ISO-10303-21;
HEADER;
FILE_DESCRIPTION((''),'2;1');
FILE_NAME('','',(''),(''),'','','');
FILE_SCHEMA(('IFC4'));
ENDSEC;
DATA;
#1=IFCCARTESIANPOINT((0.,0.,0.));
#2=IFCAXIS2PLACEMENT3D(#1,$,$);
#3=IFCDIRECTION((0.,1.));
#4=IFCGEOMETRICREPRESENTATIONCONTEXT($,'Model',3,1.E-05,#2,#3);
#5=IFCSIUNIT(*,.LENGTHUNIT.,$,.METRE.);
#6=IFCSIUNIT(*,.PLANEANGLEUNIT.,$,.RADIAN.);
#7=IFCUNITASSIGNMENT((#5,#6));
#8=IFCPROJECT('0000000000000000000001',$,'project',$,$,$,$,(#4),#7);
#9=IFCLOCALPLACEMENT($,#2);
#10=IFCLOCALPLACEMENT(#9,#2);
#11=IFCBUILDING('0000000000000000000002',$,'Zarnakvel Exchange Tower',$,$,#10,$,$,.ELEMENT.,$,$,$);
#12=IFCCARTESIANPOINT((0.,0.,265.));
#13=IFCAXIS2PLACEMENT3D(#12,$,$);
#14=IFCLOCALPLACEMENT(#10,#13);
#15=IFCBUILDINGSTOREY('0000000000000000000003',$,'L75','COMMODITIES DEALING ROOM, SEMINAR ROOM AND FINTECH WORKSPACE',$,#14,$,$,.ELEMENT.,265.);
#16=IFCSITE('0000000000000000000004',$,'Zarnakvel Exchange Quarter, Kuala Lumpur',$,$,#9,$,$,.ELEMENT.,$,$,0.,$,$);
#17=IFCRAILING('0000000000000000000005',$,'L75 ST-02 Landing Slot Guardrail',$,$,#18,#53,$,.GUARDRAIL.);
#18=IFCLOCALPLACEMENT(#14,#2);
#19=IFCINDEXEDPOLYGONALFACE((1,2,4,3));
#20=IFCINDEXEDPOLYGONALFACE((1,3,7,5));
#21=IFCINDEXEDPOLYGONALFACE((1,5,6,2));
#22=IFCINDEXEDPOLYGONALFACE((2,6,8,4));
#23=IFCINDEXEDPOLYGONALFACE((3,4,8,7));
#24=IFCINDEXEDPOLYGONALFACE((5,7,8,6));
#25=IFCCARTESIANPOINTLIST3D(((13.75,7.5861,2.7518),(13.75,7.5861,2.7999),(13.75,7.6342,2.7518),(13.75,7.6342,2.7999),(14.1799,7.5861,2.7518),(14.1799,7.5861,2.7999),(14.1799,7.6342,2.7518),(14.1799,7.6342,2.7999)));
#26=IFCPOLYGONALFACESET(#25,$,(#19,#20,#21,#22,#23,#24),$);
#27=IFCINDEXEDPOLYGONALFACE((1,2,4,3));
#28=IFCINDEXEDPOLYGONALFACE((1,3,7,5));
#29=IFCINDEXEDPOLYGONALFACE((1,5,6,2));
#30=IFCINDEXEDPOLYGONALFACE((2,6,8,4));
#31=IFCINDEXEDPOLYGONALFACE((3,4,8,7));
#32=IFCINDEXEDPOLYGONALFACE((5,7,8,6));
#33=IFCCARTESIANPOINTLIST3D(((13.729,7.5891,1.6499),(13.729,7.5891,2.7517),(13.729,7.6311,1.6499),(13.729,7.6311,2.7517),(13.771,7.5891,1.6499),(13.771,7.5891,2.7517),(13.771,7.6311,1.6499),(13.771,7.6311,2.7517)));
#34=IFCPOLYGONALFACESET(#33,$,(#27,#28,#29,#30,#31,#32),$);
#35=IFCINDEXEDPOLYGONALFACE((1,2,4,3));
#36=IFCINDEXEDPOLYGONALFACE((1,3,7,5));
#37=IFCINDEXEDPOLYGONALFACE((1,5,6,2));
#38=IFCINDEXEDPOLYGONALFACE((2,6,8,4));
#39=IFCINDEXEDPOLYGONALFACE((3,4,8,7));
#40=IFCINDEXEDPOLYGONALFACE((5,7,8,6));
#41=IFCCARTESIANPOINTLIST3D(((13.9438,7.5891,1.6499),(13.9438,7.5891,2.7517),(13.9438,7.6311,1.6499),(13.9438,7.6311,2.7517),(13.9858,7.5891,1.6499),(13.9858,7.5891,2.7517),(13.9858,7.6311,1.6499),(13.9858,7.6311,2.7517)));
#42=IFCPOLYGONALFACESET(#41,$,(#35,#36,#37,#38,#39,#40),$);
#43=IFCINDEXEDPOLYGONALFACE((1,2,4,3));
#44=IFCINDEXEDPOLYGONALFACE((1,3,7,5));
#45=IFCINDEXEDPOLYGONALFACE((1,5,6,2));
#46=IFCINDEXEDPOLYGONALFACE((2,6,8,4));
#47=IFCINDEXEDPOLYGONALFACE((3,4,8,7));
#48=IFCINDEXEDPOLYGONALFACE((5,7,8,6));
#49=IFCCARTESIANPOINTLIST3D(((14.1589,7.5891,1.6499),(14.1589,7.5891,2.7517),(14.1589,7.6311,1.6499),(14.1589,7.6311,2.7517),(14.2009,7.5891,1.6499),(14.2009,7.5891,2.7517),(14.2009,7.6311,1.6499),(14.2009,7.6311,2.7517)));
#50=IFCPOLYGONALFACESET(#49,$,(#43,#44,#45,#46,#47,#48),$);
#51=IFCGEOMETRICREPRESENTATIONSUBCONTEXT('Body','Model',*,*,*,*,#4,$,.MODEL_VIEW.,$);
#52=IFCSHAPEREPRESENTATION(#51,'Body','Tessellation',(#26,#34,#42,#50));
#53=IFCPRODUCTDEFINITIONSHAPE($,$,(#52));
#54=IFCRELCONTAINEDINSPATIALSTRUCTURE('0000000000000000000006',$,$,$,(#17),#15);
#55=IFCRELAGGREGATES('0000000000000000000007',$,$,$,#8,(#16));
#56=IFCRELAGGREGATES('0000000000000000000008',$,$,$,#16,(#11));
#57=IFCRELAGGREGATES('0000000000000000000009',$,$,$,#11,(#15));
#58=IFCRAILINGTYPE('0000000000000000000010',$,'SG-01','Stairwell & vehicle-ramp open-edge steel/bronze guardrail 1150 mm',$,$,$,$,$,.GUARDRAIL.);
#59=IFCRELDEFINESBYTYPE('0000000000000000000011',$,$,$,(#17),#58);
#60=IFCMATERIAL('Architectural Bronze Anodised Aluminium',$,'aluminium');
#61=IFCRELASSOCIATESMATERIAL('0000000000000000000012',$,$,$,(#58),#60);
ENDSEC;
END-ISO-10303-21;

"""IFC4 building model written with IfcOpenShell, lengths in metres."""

from ifc_helpers import new_model, si_unit, direction, frame, origin, origin_2d, place, context, subcontext, project, spatial, rectangle, extrude, material, type_object, element, save


model = new_model("IFC4")

# Units and contexts
model_context = context("Model", 3, precision=1e-05, world=origin(), true_north=direction((0.0, 1.0)))
body_context = subcontext(model_context, "Body", "Model", "MODEL_VIEW")
ifc_project = project(units=[si_unit("LENGTHUNIT", "METRE"), si_unit("PLANEANGLEUNIT", "RADIAN")], contexts=[model_context])

# Site, building, storey
site_placement = place(None, origin())
site = spatial("IfcSite", under=ifc_project, at=site_placement, Name="Zarnakvel Exchange Quarter, Kuala Lumpur", CompositionType="ELEMENT", RefElevation=0.0)
building_placement = place(site_placement, origin())
building = spatial("IfcBuilding", under=site, at=building_placement, Name="Zarnakvel Exchange Tower", CompositionType="ELEMENT")
storey_placement = place(building_placement, frame((0.0, 0.0, 265.0)))
storey = spatial("IfcBuildingStorey", under=building, at=storey_placement, Name="L75", Description="COMMODITIES DEALING ROOM, SEMINAR ROOM AND FINTECH WORKSPACE", CompositionType="ELEMENT", Elevation=265.0)

# Shared definitions
ifc_material_1 = material(Name="Architectural Bronze Anodised Aluminium", Category="aluminium")

# Railing
railing_type_1 = type_object("IfcRailingType", Name="SG-01", Description="Stairwell & vehicle-ramp open-edge steel/bronze guardrail 1150 mm", PredefinedType="GUARDRAIL", material=ifc_material_1)
railing_1_placement = place(storey_placement, frame((13.75, 7.6101, 1.6499)))
element("IfcRailing", 1, at=railing_1_placement, inside=storey, type_object=railing_type_1, Name="L75 ST-02 Landing Slot Guardrail", PredefinedType="GUARDRAIL", context=body_context, shape_type="SweptSolid", body=[
    extrude(rectangle(XDim=0.0481, YDim=0.0481, at=origin_2d()), frame((0.0, 0.0, 1.126), z_axis=(1.0, 0.0, 0.0), x_axis=(0.0, 1.0, 0.0)), (0.0, 0.0, 1.0), 0.4299),
    extrude(rectangle(XDim=0.042, YDim=0.042, at=origin_2d()), origin(), (0.0, 0.0, 1.0), 1.1018),
    extrude(rectangle(XDim=0.042, YDim=0.042, at=origin_2d()), frame((0.2148, 0.0, 0.0)), (0.0, 0.0, 1.0), 1.1018),
    extrude(rectangle(XDim=0.042, YDim=0.042, at=origin_2d()), frame((0.4299, 0.0, 0.0)), (0.0, 0.0, 1.0), 1.1018),
])

save(model, "model.ifc")
